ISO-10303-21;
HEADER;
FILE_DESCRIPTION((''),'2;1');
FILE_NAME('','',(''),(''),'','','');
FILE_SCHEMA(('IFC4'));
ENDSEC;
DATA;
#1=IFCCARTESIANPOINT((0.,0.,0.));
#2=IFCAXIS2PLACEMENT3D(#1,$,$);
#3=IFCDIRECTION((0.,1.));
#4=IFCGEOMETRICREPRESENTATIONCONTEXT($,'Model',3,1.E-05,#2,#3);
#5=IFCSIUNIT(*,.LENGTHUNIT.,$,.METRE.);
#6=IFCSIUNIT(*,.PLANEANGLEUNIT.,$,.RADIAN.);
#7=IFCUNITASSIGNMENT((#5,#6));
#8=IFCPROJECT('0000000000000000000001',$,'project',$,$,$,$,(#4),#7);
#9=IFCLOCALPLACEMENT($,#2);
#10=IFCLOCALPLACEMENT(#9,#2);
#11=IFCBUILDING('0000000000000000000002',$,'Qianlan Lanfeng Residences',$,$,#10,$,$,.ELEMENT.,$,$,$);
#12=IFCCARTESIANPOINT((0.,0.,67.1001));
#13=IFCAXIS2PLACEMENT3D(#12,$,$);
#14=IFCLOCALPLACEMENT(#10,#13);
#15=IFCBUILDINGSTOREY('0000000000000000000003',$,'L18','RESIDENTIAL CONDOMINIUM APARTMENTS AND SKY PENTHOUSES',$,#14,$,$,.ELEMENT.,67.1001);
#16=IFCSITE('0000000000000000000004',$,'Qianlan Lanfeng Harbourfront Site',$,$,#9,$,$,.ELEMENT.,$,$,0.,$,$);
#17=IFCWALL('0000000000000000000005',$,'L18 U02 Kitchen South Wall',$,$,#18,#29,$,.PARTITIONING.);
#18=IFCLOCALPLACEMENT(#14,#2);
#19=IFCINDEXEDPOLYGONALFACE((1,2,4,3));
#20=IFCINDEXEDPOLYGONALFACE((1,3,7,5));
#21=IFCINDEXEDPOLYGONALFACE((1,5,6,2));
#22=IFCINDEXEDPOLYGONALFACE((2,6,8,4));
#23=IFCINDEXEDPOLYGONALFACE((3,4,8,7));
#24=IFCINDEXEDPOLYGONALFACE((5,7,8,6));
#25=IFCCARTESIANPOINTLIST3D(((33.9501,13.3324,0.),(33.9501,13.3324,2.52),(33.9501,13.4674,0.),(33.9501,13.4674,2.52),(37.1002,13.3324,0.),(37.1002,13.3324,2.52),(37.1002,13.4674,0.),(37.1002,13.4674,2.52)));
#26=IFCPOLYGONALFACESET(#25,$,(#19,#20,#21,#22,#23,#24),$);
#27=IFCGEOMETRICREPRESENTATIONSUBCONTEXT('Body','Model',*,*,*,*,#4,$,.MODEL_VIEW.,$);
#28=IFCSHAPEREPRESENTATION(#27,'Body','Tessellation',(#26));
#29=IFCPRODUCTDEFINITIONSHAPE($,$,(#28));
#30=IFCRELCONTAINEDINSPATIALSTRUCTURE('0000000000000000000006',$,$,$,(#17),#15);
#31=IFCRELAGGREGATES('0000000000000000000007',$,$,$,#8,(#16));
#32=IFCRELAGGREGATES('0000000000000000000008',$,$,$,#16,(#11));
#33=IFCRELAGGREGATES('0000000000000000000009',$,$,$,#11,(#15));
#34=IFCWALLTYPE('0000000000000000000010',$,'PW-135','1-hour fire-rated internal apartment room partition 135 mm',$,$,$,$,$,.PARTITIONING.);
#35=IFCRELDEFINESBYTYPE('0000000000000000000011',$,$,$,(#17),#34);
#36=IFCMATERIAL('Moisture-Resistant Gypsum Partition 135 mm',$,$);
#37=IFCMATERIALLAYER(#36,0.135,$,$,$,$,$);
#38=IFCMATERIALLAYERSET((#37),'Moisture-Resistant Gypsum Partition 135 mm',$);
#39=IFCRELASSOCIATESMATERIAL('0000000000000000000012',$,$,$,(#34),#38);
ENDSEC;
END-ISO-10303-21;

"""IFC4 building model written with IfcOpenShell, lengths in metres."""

from ifc_helpers import new_model, si_unit, direction, frame, frame_2d, origin, place, context, subcontext, project, spatial, rectangle, extrude, material, layer, layer_set, type_object, element, save


model = new_model("IFC4")

# Units and contexts
model_context = context("Model", 3, precision=1e-05, world=origin(), true_north=direction((0.0, 1.0)))
body_context = subcontext(model_context, "Body", "Model", "MODEL_VIEW")
ifc_project = project(units=[si_unit("LENGTHUNIT", "METRE"), si_unit("PLANEANGLEUNIT", "RADIAN")], contexts=[model_context])

# Site, building, storey
site_placement = place(None, origin())
site = spatial("IfcSite", under=ifc_project, at=site_placement, Name="Qianlan Lanfeng Harbourfront Site", CompositionType="ELEMENT", RefElevation=0.0)
building_placement = place(site_placement, origin())
building = spatial("IfcBuilding", under=site, at=building_placement, Name="Qianlan Lanfeng Residences", CompositionType="ELEMENT")
storey_placement = place(building_placement, frame((0.0, 0.0, 67.1001)))
storey = spatial("IfcBuildingStorey", under=building, at=storey_placement, Name="L18", Description="RESIDENTIAL CONDOMINIUM APARTMENTS AND SKY PENTHOUSES", CompositionType="ELEMENT", Elevation=67.1001)

# Shared definitions
ifc_material_1 = material(Name="Moisture-Resistant Gypsum Partition 135 mm")
ifc_layer_1 = layer(ifc_material_1, 0.135)
ifc_layer_set_1 = layer_set([ifc_layer_1], Name="Moisture-Resistant Gypsum Partition 135 mm")
wall_type_1 = type_object("IfcWallType", Name="PW-135", Description="1-hour fire-rated internal apartment room partition 135 mm", PredefinedType="PARTITIONING", material=ifc_layer_set_1)

# Wall
wall_1_placement = place(storey_placement, frame((33.95, 13.3999, 0.0), z_axis=(0.0, 0.0, 1.0), x_axis=(1.0, 0.0, 0.0)))
element("IfcWall", 1, at=wall_1_placement, inside=storey, type_object=wall_type_1, Name="L18 U02 Kitchen South Wall", PredefinedType="PARTITIONING", context=body_context, shape_type="SweptSolid", body=[
    extrude(rectangle(XDim=3.1501, YDim=0.135, at=frame_2d((1.5752, 0.0))), origin(), (0.0, 0.0, 1.0), 2.52),
])

save(model, "model.ifc")
